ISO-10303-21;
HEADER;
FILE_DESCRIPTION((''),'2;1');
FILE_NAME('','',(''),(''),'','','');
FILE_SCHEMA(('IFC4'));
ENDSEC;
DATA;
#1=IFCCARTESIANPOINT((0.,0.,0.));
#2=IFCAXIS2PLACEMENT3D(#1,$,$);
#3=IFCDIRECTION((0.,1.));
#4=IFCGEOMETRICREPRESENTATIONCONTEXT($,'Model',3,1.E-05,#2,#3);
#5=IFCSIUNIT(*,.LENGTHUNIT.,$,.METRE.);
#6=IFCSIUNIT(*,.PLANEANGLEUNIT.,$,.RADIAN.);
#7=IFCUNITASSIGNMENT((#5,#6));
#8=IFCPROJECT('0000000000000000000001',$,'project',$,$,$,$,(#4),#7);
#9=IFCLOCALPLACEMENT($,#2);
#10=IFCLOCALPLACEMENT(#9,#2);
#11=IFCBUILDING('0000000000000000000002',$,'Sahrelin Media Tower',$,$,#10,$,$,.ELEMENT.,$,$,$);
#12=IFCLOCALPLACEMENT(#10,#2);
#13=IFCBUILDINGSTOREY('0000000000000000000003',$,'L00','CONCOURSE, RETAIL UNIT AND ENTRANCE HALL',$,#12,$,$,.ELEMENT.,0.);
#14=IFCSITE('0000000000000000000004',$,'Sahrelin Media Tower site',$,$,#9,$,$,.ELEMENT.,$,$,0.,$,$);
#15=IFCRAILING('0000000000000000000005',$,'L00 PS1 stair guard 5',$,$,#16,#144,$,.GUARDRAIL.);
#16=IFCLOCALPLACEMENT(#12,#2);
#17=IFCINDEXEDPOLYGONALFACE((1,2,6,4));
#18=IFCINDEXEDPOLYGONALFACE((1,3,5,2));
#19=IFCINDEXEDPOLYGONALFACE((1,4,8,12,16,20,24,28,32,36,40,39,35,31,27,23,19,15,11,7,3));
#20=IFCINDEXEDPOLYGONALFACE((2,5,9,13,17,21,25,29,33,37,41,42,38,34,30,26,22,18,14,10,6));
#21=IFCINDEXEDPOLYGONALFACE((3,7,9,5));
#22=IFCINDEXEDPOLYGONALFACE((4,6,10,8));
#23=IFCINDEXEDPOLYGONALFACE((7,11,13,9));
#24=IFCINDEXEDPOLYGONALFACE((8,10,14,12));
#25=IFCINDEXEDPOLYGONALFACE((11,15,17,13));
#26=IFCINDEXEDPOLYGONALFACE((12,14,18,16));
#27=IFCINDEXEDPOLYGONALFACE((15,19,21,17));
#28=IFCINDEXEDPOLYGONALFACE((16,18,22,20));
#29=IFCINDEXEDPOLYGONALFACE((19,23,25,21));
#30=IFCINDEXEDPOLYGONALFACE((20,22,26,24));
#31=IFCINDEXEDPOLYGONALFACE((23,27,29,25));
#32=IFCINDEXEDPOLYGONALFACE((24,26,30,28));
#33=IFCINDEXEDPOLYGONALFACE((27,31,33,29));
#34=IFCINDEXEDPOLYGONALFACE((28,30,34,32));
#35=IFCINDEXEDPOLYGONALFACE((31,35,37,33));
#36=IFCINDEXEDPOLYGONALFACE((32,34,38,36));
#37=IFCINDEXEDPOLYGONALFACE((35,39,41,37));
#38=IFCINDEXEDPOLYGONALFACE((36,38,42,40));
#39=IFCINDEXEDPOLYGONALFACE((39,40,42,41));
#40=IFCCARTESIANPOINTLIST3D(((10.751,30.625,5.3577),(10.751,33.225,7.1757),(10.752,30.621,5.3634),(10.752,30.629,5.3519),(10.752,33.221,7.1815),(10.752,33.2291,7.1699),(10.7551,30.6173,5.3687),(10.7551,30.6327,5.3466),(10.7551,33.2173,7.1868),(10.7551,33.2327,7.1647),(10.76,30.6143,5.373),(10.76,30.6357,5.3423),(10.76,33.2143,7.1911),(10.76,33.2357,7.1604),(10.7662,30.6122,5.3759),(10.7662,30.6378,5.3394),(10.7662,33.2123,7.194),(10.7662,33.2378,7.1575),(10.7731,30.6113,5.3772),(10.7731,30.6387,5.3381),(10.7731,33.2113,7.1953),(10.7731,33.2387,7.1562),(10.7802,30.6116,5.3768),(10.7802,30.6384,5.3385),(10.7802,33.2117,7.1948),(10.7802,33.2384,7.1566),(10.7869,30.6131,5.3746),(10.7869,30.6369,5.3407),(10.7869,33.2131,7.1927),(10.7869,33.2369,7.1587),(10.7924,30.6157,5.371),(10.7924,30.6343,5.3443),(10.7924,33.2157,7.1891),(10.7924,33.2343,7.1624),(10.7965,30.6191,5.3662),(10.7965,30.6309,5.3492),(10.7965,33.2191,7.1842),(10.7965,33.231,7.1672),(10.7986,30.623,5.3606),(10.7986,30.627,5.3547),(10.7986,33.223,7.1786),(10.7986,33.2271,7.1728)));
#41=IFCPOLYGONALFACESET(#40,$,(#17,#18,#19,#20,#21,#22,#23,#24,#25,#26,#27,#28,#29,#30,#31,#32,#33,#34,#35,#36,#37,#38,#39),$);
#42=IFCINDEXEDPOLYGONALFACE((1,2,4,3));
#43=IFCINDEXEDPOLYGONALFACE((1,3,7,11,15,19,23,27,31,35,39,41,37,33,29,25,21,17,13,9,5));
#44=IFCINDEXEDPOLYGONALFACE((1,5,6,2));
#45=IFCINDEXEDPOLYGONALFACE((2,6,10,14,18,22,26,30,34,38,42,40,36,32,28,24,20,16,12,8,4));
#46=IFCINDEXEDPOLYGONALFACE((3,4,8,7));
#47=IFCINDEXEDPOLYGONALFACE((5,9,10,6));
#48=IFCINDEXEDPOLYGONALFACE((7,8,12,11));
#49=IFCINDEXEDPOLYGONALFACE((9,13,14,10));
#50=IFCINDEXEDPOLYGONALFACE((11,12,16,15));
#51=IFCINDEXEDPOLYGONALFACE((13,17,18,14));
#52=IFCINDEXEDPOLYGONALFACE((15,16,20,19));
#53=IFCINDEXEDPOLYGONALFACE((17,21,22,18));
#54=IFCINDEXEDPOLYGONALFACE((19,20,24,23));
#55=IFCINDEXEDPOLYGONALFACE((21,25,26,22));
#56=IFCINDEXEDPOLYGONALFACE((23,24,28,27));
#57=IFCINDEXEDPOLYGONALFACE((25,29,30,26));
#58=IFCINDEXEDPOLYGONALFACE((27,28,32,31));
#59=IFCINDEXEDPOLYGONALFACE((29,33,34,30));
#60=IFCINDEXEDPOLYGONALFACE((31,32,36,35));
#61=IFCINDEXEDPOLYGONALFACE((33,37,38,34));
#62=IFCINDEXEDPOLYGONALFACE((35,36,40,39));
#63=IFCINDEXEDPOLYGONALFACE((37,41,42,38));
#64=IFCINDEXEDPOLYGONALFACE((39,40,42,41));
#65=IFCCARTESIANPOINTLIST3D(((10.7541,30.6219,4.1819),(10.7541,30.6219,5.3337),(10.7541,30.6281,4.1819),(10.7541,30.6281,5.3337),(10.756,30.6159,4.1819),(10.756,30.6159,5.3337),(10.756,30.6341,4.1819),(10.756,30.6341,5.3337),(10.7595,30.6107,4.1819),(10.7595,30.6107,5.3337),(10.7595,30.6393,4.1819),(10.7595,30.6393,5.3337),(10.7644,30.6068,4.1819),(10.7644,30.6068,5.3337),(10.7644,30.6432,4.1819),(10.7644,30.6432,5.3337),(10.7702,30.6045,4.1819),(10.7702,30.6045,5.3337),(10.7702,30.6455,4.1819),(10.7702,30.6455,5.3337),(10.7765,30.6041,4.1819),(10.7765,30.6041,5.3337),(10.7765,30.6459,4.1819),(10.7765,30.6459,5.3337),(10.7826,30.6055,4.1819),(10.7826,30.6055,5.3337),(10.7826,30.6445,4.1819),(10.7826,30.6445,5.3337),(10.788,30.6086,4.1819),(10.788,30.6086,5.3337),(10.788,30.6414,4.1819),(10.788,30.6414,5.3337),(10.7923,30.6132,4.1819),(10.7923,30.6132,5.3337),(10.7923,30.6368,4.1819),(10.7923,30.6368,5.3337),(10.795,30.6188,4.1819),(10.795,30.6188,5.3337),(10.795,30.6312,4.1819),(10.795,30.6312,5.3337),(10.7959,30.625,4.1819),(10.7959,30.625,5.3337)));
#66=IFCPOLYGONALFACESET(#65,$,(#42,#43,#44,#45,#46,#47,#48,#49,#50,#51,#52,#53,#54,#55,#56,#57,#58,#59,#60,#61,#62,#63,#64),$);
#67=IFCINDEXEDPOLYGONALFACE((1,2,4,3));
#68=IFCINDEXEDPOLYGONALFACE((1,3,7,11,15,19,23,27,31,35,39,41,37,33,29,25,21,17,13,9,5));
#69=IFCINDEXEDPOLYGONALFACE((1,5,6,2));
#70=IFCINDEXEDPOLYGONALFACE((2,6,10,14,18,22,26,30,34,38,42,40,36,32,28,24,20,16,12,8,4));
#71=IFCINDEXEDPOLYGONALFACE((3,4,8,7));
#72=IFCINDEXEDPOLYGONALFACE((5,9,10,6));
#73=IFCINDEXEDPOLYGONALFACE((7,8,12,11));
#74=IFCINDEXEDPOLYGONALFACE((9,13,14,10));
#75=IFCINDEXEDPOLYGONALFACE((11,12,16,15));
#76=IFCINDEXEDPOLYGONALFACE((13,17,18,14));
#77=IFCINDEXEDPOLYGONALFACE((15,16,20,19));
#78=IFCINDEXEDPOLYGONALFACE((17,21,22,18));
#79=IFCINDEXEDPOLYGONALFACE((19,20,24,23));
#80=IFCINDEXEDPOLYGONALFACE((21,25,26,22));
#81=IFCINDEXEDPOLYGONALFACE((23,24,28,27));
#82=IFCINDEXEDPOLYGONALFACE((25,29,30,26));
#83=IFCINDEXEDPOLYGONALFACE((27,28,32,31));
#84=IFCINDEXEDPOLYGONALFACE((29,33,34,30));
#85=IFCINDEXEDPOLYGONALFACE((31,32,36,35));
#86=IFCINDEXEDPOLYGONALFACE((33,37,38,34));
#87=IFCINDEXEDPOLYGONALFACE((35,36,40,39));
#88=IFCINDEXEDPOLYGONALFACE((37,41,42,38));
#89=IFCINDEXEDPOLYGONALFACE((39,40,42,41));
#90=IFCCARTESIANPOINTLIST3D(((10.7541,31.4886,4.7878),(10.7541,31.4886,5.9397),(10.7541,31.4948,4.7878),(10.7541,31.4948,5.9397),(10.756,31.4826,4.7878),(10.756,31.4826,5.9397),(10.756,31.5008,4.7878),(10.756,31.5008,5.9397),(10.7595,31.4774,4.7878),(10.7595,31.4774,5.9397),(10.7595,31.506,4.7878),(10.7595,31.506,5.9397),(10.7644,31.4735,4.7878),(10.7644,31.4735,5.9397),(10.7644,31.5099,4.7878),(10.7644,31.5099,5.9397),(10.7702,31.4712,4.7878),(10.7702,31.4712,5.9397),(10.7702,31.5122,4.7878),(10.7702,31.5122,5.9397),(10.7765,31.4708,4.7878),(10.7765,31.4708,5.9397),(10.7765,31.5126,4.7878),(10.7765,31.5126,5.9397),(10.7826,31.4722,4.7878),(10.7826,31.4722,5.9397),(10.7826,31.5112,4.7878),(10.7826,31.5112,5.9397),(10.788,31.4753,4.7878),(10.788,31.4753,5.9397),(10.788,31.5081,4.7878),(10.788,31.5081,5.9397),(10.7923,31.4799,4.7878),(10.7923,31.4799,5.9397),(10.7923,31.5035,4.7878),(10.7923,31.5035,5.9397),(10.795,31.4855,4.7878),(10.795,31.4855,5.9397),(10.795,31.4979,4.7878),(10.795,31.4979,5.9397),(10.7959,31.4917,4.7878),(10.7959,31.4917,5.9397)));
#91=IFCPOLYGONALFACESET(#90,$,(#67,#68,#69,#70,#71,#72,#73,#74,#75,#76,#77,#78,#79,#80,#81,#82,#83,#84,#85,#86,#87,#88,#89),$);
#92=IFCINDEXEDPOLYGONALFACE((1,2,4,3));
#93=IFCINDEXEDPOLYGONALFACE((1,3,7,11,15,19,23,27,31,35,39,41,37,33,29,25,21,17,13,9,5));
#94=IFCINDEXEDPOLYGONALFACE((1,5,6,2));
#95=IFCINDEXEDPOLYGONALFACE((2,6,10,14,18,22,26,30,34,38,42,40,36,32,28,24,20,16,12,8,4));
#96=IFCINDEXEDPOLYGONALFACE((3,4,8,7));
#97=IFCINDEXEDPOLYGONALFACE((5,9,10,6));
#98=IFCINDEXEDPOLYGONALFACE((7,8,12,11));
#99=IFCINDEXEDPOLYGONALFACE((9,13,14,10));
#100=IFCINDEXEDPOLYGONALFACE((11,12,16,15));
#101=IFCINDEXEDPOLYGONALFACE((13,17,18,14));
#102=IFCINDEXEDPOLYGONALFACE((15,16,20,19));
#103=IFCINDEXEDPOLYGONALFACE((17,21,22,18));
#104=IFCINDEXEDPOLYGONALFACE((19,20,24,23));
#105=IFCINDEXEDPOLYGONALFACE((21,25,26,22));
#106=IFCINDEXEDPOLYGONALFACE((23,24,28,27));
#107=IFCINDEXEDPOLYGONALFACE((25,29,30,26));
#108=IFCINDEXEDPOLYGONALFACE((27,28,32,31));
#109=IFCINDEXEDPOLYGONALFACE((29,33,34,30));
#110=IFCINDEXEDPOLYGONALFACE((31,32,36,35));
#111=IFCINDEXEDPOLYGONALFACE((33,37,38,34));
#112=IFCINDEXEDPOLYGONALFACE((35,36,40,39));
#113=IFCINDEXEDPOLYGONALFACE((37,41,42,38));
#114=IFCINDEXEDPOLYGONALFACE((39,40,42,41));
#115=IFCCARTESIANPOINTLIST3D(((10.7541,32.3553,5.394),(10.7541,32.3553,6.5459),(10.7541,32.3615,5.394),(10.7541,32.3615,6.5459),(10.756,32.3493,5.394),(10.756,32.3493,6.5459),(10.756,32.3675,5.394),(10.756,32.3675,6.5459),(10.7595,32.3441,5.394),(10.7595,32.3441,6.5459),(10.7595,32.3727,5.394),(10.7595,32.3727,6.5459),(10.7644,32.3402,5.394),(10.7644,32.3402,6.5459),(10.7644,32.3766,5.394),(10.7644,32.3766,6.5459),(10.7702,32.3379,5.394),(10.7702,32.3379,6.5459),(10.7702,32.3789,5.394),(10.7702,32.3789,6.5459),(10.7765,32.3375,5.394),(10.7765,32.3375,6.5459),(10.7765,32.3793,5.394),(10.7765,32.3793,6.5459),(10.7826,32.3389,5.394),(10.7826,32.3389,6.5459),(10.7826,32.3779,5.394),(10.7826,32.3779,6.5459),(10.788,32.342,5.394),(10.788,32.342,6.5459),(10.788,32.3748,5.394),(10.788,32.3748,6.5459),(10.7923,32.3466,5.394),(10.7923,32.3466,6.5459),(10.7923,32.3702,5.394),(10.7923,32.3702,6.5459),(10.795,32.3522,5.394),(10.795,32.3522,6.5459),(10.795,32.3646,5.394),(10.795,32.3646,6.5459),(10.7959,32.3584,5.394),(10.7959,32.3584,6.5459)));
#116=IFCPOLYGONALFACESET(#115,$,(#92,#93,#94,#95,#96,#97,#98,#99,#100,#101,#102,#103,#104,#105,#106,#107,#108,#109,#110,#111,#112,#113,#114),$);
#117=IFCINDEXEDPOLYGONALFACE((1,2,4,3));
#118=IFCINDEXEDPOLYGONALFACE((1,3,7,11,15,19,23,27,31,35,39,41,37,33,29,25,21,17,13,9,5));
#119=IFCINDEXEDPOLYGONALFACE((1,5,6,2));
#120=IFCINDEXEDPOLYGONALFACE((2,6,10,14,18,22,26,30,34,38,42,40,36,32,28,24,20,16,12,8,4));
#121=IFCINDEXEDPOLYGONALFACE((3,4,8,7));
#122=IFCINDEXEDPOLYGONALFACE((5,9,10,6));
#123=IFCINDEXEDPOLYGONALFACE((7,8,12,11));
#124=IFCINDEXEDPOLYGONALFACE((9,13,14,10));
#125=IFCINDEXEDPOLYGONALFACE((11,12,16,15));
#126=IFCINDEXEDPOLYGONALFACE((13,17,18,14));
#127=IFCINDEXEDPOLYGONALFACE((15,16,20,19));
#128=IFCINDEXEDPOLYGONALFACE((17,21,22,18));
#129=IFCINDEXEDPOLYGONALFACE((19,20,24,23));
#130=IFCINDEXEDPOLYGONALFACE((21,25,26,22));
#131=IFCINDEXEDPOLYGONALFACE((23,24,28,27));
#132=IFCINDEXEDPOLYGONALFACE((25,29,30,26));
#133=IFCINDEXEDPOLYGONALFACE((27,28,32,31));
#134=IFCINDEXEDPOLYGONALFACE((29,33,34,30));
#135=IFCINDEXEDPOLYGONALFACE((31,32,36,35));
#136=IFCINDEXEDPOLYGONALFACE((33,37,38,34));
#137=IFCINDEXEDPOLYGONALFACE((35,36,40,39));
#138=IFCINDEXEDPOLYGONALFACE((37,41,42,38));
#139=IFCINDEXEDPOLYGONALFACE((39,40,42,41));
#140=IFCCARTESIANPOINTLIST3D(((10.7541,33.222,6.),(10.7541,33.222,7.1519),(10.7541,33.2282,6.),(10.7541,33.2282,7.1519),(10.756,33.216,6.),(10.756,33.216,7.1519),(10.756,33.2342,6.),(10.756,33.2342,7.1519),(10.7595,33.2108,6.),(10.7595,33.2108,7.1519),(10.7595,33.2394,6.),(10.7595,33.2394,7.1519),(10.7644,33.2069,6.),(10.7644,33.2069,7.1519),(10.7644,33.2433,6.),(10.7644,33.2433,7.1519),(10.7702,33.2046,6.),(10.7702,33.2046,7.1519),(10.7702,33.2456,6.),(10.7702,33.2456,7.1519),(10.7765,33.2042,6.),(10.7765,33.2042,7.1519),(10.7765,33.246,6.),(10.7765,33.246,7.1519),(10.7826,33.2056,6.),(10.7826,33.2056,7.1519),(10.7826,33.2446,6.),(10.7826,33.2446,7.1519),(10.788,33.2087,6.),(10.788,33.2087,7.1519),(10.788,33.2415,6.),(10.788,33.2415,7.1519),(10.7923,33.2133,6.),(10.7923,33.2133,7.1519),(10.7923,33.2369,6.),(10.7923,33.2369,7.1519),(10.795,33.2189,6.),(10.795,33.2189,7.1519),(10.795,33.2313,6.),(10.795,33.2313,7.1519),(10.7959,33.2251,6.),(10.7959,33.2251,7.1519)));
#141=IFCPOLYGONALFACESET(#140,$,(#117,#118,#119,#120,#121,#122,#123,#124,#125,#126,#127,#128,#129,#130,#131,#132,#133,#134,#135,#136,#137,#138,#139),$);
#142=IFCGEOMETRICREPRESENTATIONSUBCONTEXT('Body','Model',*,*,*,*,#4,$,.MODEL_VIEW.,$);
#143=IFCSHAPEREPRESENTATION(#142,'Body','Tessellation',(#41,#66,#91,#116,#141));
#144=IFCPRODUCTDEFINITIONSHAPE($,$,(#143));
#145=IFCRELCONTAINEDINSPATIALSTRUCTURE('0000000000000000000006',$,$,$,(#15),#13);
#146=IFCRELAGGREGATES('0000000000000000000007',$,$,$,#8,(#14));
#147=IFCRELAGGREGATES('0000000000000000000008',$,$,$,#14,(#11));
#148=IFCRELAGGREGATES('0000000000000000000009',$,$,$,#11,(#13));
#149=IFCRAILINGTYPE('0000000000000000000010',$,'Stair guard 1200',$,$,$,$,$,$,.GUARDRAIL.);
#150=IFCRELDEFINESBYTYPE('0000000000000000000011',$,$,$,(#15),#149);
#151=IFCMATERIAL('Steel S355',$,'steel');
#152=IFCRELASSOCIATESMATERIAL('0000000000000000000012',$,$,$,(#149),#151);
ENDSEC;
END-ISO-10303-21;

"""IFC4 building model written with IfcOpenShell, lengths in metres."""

from ifc_helpers import new_model, si_unit, direction, frame, origin, origin_2d, place, context, subcontext, project, spatial, circle, extrude, material, type_object, element, save


model = new_model("IFC4")

# Units and contexts
model_context = context("Model", 3, precision=1e-05, world=origin(), true_north=direction((0.0, 1.0)))
body_context = subcontext(model_context, "Body", "Model", "MODEL_VIEW")
ifc_project = project(units=[si_unit("LENGTHUNIT", "METRE"), si_unit("PLANEANGLEUNIT", "RADIAN")], contexts=[model_context])

# Site, building, storey
site_placement = place(None, origin())
site = spatial("IfcSite", under=ifc_project, at=site_placement, Name="Sahrelin Media Tower site", CompositionType="ELEMENT", RefElevation=0.0)
building_placement = place(site_placement, origin())
building = spatial("IfcBuilding", under=site, at=building_placement, Name="Sahrelin Media Tower", CompositionType="ELEMENT")
storey_placement = place(building_placement, origin())
storey = spatial("IfcBuildingStorey", under=building, at=storey_placement, Name="L00", Description="CONCOURSE, RETAIL UNIT AND ENTRANCE HALL", CompositionType="ELEMENT", Elevation=0.0)

# Shared definitions
ifc_material_1 = material(Name="Steel S355", Category="steel")

# Railing
railing_type_1 = type_object("IfcRailingType", Name="Stair guard 1200", PredefinedType="GUARDRAIL", material=ifc_material_1)
railing_1_placement = place(storey_placement, frame((10.7749, 30.625, 4.1819)))
element("IfcRailing", 1, at=railing_1_placement, inside=storey, type_object=railing_type_1, Name="L00 PS1 stair guard 5", PredefinedType="GUARDRAIL", context=body_context, shape_type="SweptSolid", body=[
    extrude(circle(Radius=0.0239, at=origin_2d()), frame((0.0, 0.0, 1.1758), z_axis=(0.0, 0.819521, 0.573049), x_axis=(-1.0, 0.0, 0.0)), (0.0, 0.0, 1.0), 3.1726),
    extrude(circle(Radius=0.021, at=origin_2d()), origin(), (0.0, 0.0, 1.0), 1.1519),
    extrude(circle(Radius=0.021, at=origin_2d()), frame((0.0, 0.8667, 0.606)), (0.0, 0.0, 1.0), 1.1519),
    extrude(circle(Radius=0.021, at=origin_2d()), frame((0.0, 1.7334, 1.2122)), (0.0, 0.0, 1.0), 1.1519),
    extrude(circle(Radius=0.021, at=origin_2d()), frame((0.0, 2.6001, 1.8181)), (0.0, 0.0, 1.0), 1.1519),
])

save(model, "model.ifc")
